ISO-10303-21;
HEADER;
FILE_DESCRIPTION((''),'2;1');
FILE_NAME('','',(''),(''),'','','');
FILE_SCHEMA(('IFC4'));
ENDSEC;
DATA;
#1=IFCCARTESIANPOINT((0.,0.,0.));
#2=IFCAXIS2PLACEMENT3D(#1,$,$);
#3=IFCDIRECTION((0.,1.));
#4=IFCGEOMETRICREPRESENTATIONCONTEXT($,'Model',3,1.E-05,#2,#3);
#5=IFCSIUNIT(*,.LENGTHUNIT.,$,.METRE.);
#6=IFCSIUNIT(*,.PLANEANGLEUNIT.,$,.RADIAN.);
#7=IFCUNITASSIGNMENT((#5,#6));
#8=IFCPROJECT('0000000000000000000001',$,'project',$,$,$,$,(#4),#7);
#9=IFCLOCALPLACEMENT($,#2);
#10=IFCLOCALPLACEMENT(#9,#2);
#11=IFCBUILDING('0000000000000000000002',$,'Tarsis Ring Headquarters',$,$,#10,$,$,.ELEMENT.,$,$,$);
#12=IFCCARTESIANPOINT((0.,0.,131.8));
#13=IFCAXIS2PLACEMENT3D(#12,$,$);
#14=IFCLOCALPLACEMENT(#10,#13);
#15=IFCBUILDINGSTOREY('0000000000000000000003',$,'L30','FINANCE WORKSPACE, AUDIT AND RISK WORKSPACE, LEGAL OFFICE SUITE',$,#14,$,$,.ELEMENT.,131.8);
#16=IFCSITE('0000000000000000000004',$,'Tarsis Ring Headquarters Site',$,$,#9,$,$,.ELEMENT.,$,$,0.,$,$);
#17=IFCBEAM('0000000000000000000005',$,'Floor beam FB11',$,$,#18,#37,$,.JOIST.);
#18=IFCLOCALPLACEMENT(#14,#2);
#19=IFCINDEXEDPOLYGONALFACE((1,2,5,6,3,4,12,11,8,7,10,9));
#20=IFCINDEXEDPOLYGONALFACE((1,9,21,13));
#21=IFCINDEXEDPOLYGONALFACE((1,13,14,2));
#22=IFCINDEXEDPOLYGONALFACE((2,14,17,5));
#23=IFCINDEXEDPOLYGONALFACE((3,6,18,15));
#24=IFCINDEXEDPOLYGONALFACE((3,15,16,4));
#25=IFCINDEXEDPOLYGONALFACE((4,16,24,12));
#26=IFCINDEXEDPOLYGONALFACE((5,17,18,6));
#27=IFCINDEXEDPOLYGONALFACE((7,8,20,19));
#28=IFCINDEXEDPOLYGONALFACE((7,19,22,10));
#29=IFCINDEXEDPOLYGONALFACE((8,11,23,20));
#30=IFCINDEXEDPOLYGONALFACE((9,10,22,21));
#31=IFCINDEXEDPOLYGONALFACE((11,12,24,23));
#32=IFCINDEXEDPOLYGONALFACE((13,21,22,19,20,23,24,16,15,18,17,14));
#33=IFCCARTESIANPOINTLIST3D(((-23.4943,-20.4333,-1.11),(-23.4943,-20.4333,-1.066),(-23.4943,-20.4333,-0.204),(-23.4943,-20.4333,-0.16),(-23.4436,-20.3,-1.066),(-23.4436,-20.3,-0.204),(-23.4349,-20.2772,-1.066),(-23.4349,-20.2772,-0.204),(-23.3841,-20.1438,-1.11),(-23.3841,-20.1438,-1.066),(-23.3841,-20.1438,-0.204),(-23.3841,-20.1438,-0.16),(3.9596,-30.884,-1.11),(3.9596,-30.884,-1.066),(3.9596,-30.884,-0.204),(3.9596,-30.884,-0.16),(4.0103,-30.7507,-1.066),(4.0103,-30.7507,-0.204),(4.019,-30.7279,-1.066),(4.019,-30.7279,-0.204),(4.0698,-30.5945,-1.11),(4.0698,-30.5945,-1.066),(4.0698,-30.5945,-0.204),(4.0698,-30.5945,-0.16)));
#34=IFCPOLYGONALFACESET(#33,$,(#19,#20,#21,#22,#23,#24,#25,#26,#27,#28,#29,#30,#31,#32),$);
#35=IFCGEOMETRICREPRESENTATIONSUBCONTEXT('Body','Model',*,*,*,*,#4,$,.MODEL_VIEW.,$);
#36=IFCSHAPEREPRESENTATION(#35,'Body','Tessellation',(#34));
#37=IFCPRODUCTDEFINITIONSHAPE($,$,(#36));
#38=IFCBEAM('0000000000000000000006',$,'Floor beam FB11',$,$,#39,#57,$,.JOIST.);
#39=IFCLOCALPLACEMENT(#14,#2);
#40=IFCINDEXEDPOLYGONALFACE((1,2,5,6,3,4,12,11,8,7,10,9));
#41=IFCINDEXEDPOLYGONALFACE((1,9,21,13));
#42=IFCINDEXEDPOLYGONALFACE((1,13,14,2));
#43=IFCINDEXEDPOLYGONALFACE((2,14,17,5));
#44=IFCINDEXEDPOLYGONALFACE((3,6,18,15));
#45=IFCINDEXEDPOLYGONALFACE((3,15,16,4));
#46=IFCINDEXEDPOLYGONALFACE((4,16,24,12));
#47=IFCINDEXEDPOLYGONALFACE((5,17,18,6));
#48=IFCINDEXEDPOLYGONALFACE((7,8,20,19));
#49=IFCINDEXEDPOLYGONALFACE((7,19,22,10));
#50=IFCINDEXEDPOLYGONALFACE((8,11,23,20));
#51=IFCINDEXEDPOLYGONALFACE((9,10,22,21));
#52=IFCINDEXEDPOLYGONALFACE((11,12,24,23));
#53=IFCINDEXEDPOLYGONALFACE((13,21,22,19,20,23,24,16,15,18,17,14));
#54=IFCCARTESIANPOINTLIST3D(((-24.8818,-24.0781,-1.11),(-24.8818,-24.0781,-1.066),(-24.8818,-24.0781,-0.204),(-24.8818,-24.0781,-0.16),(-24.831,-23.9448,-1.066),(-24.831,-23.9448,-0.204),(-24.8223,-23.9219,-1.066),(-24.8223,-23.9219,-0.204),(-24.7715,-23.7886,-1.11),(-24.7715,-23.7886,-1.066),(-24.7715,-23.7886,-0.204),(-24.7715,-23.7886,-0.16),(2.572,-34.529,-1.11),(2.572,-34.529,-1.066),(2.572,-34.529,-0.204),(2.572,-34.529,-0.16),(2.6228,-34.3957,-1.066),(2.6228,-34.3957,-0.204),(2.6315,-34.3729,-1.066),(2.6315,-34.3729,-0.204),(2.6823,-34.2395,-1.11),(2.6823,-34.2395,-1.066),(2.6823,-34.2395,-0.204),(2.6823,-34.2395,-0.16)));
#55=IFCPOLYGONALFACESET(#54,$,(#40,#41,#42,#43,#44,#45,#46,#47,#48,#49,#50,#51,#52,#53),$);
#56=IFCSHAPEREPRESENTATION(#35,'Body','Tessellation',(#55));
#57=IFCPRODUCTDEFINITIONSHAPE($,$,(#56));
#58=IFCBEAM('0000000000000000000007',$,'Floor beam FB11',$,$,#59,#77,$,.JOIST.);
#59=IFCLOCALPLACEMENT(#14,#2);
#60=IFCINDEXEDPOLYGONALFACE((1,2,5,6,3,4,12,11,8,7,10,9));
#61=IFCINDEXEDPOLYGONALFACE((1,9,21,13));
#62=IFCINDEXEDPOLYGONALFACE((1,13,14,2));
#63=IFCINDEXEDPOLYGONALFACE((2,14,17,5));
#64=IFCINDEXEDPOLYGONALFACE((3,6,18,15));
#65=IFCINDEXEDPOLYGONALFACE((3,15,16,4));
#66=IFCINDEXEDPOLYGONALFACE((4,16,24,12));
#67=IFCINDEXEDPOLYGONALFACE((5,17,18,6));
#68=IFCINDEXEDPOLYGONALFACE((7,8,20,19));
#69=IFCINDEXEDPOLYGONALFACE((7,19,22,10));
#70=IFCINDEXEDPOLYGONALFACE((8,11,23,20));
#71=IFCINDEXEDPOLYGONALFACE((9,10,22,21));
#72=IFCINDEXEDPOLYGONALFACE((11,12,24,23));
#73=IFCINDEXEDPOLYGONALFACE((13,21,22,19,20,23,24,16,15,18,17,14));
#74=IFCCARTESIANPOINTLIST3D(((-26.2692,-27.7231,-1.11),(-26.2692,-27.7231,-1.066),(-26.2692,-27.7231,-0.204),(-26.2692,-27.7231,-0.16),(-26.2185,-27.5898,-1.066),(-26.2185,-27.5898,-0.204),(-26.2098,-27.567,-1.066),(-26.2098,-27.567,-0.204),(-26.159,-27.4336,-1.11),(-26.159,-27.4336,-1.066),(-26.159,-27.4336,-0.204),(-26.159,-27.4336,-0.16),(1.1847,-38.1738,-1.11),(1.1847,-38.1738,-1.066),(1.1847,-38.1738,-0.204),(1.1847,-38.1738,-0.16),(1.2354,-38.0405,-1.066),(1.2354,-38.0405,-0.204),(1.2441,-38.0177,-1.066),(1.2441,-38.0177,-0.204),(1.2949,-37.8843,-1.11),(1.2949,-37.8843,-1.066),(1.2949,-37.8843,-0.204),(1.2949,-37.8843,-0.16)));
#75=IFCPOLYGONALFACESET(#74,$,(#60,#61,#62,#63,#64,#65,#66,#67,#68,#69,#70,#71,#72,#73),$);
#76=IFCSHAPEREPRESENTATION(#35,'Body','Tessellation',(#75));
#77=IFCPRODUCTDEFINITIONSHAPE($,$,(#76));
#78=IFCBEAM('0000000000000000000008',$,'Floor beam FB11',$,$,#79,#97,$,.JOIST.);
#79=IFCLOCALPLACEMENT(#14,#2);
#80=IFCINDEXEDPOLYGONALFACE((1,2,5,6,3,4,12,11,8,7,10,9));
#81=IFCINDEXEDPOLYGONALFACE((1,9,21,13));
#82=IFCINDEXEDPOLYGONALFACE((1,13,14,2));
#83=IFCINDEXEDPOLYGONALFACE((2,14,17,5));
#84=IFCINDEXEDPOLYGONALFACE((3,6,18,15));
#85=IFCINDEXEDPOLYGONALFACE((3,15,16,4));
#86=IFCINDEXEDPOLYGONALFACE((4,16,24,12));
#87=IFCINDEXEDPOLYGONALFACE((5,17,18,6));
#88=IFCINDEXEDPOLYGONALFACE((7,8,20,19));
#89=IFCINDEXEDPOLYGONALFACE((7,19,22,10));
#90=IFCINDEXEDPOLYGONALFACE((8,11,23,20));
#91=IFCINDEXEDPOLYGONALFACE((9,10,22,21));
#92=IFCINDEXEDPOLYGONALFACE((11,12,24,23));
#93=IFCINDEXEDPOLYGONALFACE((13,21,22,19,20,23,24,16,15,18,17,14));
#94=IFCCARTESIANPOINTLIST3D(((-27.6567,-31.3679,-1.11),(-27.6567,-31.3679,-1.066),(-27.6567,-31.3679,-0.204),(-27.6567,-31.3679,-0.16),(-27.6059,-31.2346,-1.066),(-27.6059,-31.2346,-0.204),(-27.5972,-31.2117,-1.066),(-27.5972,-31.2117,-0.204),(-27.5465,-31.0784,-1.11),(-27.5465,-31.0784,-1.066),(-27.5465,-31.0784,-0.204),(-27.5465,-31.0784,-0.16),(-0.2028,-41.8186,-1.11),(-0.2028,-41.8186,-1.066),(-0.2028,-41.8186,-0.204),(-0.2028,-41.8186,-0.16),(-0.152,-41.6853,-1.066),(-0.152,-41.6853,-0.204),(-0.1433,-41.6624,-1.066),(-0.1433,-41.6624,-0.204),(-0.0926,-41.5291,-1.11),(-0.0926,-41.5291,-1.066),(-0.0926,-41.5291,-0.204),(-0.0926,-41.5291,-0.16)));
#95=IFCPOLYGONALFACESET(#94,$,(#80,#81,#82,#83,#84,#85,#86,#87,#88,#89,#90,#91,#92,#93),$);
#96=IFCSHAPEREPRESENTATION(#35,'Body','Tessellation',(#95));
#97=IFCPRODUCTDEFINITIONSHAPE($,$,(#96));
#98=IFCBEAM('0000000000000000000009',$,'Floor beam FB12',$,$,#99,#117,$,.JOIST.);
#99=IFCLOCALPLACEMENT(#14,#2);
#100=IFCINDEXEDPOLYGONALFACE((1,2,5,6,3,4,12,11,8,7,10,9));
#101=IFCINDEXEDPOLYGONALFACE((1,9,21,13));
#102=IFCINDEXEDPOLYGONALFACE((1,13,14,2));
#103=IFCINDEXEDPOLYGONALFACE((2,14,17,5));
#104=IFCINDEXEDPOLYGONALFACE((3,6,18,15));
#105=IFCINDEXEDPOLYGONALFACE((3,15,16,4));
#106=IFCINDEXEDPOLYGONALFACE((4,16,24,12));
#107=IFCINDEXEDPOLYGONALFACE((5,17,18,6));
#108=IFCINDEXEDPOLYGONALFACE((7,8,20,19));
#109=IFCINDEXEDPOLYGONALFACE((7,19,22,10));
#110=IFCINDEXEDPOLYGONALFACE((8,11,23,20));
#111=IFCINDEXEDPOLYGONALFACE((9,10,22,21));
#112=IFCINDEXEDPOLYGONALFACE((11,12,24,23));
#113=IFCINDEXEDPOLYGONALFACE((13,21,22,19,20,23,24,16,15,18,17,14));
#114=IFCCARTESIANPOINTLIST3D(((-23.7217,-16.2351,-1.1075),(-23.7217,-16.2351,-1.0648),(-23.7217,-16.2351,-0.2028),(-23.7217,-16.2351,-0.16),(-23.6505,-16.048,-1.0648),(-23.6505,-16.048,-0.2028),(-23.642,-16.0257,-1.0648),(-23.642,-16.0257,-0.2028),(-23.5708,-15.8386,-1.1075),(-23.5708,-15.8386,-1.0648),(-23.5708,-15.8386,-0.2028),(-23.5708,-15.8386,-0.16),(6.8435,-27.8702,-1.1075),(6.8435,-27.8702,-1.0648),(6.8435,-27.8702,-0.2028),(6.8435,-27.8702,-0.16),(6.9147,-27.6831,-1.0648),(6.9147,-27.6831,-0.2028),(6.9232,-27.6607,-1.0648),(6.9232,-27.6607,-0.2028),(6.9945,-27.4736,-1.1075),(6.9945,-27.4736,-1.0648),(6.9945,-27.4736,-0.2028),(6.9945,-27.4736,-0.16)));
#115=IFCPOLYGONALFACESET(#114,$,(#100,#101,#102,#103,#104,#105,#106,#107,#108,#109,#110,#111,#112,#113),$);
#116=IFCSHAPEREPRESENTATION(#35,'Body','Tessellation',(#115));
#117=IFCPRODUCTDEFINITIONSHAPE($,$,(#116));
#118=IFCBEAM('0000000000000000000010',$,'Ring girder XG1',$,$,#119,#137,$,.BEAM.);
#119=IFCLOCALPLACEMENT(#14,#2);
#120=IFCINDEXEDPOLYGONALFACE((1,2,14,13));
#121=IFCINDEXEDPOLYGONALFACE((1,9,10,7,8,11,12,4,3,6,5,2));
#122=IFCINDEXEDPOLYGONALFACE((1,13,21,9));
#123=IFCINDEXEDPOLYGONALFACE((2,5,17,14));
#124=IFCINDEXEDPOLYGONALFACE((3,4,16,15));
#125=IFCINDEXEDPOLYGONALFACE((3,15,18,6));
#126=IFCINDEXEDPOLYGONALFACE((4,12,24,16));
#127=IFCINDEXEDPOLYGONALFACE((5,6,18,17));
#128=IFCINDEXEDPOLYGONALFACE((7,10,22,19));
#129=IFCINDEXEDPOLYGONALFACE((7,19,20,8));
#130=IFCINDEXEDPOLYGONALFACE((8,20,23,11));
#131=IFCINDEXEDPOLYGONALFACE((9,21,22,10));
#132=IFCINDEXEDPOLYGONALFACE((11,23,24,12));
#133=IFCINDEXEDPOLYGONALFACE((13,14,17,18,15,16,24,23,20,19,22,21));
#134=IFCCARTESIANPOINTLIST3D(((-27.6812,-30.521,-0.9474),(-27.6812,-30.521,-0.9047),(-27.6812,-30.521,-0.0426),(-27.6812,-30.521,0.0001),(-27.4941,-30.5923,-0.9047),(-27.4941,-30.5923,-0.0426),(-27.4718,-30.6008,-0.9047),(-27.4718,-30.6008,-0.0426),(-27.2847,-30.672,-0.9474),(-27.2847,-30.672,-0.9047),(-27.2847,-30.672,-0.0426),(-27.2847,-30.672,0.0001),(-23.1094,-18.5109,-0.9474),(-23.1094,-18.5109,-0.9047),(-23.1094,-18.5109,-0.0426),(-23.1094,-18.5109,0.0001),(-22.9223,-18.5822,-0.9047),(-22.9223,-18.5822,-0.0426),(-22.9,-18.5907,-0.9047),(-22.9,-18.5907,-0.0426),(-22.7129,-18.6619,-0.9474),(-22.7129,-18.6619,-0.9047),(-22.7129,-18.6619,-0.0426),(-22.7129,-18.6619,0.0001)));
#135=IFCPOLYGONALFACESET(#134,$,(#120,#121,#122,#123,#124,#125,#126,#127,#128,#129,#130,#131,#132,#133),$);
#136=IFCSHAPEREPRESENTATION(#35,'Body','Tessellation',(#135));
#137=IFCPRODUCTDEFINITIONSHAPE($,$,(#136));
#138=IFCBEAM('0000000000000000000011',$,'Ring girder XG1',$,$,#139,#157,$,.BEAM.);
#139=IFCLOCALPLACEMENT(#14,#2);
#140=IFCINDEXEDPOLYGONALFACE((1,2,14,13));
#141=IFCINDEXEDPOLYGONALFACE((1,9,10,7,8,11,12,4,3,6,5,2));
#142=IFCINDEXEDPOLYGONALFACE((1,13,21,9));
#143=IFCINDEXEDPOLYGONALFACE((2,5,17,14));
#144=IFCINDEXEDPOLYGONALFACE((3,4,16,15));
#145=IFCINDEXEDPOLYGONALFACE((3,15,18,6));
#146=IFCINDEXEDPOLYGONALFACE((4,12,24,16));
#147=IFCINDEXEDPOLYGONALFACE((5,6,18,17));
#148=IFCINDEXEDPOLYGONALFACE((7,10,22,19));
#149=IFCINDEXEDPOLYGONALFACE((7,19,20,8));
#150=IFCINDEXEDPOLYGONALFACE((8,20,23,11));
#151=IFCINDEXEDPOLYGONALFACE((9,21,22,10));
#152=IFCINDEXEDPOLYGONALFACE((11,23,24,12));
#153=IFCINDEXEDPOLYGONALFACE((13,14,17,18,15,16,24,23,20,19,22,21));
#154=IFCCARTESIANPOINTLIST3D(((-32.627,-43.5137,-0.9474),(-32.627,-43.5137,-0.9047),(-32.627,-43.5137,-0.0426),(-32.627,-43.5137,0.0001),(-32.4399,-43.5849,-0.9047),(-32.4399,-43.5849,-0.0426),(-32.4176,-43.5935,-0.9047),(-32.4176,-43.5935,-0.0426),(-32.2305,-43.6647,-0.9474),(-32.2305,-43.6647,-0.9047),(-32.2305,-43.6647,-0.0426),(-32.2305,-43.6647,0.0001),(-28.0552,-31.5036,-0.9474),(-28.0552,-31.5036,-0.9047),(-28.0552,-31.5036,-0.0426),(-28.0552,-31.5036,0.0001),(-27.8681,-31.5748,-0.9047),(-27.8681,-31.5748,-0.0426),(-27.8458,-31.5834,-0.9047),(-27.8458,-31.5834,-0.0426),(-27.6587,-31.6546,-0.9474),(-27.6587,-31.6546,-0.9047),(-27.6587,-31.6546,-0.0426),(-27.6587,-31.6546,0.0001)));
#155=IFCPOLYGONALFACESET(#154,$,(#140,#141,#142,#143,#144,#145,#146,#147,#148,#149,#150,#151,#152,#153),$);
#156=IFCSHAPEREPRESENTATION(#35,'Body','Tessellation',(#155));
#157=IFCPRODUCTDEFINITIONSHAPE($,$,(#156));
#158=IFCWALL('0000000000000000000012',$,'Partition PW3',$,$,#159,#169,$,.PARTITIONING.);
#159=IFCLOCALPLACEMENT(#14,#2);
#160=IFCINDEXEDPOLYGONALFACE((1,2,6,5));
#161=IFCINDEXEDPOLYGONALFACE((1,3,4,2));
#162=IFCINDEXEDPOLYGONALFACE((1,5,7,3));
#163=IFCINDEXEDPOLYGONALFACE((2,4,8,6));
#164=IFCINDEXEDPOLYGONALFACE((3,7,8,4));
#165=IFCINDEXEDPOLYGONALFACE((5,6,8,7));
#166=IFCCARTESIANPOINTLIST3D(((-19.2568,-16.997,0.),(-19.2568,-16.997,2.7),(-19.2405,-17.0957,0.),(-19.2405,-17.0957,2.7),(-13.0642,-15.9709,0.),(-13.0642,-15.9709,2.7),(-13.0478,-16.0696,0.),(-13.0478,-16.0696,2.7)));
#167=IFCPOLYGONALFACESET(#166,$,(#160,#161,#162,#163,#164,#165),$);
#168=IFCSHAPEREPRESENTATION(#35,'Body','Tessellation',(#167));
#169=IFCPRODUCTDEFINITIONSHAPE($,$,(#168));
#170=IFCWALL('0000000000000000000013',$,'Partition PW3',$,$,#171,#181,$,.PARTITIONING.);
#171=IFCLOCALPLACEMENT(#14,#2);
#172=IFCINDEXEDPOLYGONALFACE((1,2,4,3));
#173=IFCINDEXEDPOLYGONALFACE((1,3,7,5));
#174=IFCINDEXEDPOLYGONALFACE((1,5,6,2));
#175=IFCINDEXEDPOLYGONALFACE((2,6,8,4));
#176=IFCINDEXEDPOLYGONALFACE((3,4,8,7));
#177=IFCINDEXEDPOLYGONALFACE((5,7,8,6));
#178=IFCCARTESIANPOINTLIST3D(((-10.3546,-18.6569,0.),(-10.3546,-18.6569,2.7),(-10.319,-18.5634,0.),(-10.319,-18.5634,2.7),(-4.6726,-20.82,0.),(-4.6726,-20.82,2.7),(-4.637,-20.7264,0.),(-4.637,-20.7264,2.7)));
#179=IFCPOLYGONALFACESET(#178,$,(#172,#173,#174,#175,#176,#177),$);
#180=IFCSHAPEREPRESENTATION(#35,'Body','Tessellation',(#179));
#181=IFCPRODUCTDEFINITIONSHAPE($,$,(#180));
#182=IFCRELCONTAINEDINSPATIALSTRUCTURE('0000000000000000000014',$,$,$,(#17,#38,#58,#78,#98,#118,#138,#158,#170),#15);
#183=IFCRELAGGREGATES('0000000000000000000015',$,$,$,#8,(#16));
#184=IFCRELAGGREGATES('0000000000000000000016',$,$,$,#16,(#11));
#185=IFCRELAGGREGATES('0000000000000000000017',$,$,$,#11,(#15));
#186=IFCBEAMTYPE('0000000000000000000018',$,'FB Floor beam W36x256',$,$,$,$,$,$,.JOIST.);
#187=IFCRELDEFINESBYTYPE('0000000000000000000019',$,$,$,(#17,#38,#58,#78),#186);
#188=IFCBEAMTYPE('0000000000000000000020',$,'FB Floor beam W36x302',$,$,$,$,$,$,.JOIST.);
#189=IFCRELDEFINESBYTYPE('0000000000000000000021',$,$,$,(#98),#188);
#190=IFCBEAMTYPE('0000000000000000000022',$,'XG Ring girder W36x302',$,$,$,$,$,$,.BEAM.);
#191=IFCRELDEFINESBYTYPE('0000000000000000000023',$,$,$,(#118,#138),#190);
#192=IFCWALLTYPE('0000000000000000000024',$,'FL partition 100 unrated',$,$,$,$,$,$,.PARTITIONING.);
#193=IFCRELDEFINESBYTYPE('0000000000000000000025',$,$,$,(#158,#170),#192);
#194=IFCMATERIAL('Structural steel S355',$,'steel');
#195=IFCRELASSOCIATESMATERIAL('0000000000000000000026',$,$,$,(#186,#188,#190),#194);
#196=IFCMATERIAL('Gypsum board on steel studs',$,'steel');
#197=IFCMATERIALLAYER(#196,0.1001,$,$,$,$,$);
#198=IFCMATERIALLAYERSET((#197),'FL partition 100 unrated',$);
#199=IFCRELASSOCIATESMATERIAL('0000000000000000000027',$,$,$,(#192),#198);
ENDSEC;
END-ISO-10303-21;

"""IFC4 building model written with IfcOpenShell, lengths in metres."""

from ifc_helpers import new_model, si_unit, direction, frame, frame_2d, origin, origin_2d, place, context, subcontext, project, spatial, rectangle, i_section, extrude, material, layer, layer_set, material_profile, profile_set, type_object, element, save


model = new_model("IFC4")

# Units and contexts
model_context = context("Model", 3, precision=1e-05, world=origin(), true_north=direction((0.0, 1.0)))
body_context = subcontext(model_context, "Body", "Model", "MODEL_VIEW")
ifc_project = project(units=[si_unit("LENGTHUNIT", "METRE"), si_unit("PLANEANGLEUNIT", "RADIAN")], contexts=[model_context])

# Site, building, storey
site_placement = place(None, origin())
site = spatial("IfcSite", under=ifc_project, at=site_placement, Name="Tarsis Ring Headquarters Site", CompositionType="ELEMENT", RefElevation=0.0)
building_placement = place(site_placement, origin())
building = spatial("IfcBuilding", under=site, at=building_placement, Name="Tarsis Ring Headquarters", CompositionType="ELEMENT")
storey_placement = place(building_placement, frame((0.0, 0.0, 131.8)))
storey = spatial("IfcBuildingStorey", under=building, at=storey_placement, Name="L30", Description="FINANCE WORKSPACE, AUDIT AND RISK WORKSPACE, LEGAL OFFICE SUITE", CompositionType="ELEMENT", Elevation=131.8)

# Shared definitions
ifc_material_1 = material(Name="Structural steel S355", Category="steel")

# Beams
ifc_material_profile_1 = material_profile(ifc_material_1, i_section(OverallWidth=0.3098, OverallDepth=0.95, WebThickness=0.0244, FlangeThickness=0.0439, at=origin_2d()), Name="W36x256")
ifc_profile_set_1 = profile_set([ifc_material_profile_1], Name="Structural steel S355")
beam_type_1 = type_object("IfcBeamType", Name="FB Floor beam W36x256", PredefinedType="JOIST", material=ifc_profile_set_1)
for number, where, z_axis, x_axis, name in (
    (1, (-23.4392, -20.2886, -0.635), (0.934577, -0.35576, 0.0), (0.35576, 0.934577, 0.0), "Floor beam FB11"),
    (2, (-24.8267, -23.9333, -0.635), (0.934575, -0.355767, 0.0), (0.355767, 0.934575, 0.0), "Floor beam FB11"),
    (3, (-26.2141, -27.5784, -0.635), (0.934577, -0.35576, 0.0), (0.35576, 0.934577, 0.0), "Floor beam FB11"),
    (4, (-27.6016, -31.2231, -0.635), (0.934577, -0.35576, 0.0), (0.35576, 0.934577, 0.0), "Floor beam FB11"),
):
    element("IfcBeam", number, at=place(storey_placement, frame(where, z_axis=z_axis, x_axis=x_axis)), inside=storey, type_object=beam_type_1, Name=name, PredefinedType="JOIST", context=body_context, shape_type="SweptSolid", body=[
        extrude(i_section(OverallWidth=0.3098, OverallDepth=0.95, WebThickness=0.0244, FlangeThickness=0.0439, at=origin_2d()), origin(), (0.0, 0.0, 1.0), 29.3757),
    ])
ifc_material_profile_2 = material_profile(ifc_material_1, i_section(OverallWidth=0.4243, OverallDepth=0.9475, WebThickness=0.0239, FlangeThickness=0.0427, at=origin_2d()), Name="W36x302")
ifc_profile_set_2 = profile_set([ifc_material_profile_2], Name="Structural steel S355")
beam_type_2 = type_object("IfcBeamType", Name="FB Floor beam W36x302", PredefinedType="JOIST", material=ifc_profile_set_2)
beam_placement = place(storey_placement, frame((-23.6462, -16.0369, -0.6338), z_axis=(0.934578, -0.355758, 0.0), x_axis=(0.355758, 0.934578, 0.0)))
element("IfcBeam", 5, at=beam_placement, inside=storey, type_object=beam_type_2, Name="Floor beam FB12", PredefinedType="JOIST", context=body_context, shape_type="SweptSolid", body=[
    extrude(i_section(OverallWidth=0.4243, OverallDepth=0.9475, WebThickness=0.0239, FlangeThickness=0.0427, at=origin_2d()), origin(), (0.0, 0.0, 1.0), 32.7048),
])
beam_type_3 = type_object("IfcBeamType", Name="XG Ring girder W36x302", PredefinedType="BEAM", material=ifc_profile_set_2)
for number, where, z_axis, x_axis, name in (
    (6, (-22.9111, -18.5864, -0.4736), (-0.35576, -0.934577, 0.0), (0.934577, -0.35576, 0.0), "Ring girder XG1"),
    (7, (-27.8569, -31.5791, -0.4736), (-0.35576, -0.934577, 0.0), (0.934577, -0.35576, 0.0), "Ring girder XG1"),
):
    element("IfcBeam", number, at=place(storey_placement, frame(where, z_axis=z_axis, x_axis=x_axis)), inside=storey, type_object=beam_type_3, Name=name, PredefinedType="BEAM", context=body_context, shape_type="SweptSolid", body=[
        extrude(i_section(OverallWidth=0.4243, OverallDepth=0.9475, WebThickness=0.0239, FlangeThickness=0.0427, at=origin_2d()), origin(), (0.0, 0.0, 1.0), 12.8508),
    ])

# Walls
ifc_material_2 = material(Name="Gypsum board on steel studs", Category="steel")
ifc_layer_1 = layer(ifc_material_2, 0.1001)
ifc_layer_set_1 = layer_set([ifc_layer_1], Name="FL partition 100 unrated")
wall_type_1 = type_object("IfcWallType", Name="FL partition 100 unrated", PredefinedType="PARTITIONING", material=ifc_layer_set_1)
wall_1_placement = place(storey_placement, frame((-19.2488, -17.0464, 0.0), z_axis=(0.0, 0.0, 1.0), x_axis=(0.986548, 0.163472, 0.0)))
element("IfcWall", 8, at=wall_1_placement, inside=storey, type_object=wall_type_1, Name="Partition PW3", PredefinedType="PARTITIONING", context=body_context, shape_type="SweptSolid", body=[
    extrude(rectangle(XDim=6.2771, YDim=0.1001, at=frame_2d((3.1387, 0.0))), origin(), (0.0, 0.0, 1.0), 2.7),
])
wall_2_placement = place(storey_placement, frame((-10.3369, -18.6101, 0.0), z_axis=(0.0, 0.0, 1.0), x_axis=(0.934572, -0.355775, 0.0)))
element("IfcWall", 9, at=wall_2_placement, inside=storey, type_object=wall_type_1, Name="Partition PW3", PredefinedType="PARTITIONING", context=body_context, shape_type="SweptSolid", body=[
    extrude(rectangle(XDim=6.0798, YDim=0.1001, at=frame_2d((3.04, 0.0))), origin(), (0.0, 0.0, 1.0), 2.7),
])

save(model, "model.ifc")
